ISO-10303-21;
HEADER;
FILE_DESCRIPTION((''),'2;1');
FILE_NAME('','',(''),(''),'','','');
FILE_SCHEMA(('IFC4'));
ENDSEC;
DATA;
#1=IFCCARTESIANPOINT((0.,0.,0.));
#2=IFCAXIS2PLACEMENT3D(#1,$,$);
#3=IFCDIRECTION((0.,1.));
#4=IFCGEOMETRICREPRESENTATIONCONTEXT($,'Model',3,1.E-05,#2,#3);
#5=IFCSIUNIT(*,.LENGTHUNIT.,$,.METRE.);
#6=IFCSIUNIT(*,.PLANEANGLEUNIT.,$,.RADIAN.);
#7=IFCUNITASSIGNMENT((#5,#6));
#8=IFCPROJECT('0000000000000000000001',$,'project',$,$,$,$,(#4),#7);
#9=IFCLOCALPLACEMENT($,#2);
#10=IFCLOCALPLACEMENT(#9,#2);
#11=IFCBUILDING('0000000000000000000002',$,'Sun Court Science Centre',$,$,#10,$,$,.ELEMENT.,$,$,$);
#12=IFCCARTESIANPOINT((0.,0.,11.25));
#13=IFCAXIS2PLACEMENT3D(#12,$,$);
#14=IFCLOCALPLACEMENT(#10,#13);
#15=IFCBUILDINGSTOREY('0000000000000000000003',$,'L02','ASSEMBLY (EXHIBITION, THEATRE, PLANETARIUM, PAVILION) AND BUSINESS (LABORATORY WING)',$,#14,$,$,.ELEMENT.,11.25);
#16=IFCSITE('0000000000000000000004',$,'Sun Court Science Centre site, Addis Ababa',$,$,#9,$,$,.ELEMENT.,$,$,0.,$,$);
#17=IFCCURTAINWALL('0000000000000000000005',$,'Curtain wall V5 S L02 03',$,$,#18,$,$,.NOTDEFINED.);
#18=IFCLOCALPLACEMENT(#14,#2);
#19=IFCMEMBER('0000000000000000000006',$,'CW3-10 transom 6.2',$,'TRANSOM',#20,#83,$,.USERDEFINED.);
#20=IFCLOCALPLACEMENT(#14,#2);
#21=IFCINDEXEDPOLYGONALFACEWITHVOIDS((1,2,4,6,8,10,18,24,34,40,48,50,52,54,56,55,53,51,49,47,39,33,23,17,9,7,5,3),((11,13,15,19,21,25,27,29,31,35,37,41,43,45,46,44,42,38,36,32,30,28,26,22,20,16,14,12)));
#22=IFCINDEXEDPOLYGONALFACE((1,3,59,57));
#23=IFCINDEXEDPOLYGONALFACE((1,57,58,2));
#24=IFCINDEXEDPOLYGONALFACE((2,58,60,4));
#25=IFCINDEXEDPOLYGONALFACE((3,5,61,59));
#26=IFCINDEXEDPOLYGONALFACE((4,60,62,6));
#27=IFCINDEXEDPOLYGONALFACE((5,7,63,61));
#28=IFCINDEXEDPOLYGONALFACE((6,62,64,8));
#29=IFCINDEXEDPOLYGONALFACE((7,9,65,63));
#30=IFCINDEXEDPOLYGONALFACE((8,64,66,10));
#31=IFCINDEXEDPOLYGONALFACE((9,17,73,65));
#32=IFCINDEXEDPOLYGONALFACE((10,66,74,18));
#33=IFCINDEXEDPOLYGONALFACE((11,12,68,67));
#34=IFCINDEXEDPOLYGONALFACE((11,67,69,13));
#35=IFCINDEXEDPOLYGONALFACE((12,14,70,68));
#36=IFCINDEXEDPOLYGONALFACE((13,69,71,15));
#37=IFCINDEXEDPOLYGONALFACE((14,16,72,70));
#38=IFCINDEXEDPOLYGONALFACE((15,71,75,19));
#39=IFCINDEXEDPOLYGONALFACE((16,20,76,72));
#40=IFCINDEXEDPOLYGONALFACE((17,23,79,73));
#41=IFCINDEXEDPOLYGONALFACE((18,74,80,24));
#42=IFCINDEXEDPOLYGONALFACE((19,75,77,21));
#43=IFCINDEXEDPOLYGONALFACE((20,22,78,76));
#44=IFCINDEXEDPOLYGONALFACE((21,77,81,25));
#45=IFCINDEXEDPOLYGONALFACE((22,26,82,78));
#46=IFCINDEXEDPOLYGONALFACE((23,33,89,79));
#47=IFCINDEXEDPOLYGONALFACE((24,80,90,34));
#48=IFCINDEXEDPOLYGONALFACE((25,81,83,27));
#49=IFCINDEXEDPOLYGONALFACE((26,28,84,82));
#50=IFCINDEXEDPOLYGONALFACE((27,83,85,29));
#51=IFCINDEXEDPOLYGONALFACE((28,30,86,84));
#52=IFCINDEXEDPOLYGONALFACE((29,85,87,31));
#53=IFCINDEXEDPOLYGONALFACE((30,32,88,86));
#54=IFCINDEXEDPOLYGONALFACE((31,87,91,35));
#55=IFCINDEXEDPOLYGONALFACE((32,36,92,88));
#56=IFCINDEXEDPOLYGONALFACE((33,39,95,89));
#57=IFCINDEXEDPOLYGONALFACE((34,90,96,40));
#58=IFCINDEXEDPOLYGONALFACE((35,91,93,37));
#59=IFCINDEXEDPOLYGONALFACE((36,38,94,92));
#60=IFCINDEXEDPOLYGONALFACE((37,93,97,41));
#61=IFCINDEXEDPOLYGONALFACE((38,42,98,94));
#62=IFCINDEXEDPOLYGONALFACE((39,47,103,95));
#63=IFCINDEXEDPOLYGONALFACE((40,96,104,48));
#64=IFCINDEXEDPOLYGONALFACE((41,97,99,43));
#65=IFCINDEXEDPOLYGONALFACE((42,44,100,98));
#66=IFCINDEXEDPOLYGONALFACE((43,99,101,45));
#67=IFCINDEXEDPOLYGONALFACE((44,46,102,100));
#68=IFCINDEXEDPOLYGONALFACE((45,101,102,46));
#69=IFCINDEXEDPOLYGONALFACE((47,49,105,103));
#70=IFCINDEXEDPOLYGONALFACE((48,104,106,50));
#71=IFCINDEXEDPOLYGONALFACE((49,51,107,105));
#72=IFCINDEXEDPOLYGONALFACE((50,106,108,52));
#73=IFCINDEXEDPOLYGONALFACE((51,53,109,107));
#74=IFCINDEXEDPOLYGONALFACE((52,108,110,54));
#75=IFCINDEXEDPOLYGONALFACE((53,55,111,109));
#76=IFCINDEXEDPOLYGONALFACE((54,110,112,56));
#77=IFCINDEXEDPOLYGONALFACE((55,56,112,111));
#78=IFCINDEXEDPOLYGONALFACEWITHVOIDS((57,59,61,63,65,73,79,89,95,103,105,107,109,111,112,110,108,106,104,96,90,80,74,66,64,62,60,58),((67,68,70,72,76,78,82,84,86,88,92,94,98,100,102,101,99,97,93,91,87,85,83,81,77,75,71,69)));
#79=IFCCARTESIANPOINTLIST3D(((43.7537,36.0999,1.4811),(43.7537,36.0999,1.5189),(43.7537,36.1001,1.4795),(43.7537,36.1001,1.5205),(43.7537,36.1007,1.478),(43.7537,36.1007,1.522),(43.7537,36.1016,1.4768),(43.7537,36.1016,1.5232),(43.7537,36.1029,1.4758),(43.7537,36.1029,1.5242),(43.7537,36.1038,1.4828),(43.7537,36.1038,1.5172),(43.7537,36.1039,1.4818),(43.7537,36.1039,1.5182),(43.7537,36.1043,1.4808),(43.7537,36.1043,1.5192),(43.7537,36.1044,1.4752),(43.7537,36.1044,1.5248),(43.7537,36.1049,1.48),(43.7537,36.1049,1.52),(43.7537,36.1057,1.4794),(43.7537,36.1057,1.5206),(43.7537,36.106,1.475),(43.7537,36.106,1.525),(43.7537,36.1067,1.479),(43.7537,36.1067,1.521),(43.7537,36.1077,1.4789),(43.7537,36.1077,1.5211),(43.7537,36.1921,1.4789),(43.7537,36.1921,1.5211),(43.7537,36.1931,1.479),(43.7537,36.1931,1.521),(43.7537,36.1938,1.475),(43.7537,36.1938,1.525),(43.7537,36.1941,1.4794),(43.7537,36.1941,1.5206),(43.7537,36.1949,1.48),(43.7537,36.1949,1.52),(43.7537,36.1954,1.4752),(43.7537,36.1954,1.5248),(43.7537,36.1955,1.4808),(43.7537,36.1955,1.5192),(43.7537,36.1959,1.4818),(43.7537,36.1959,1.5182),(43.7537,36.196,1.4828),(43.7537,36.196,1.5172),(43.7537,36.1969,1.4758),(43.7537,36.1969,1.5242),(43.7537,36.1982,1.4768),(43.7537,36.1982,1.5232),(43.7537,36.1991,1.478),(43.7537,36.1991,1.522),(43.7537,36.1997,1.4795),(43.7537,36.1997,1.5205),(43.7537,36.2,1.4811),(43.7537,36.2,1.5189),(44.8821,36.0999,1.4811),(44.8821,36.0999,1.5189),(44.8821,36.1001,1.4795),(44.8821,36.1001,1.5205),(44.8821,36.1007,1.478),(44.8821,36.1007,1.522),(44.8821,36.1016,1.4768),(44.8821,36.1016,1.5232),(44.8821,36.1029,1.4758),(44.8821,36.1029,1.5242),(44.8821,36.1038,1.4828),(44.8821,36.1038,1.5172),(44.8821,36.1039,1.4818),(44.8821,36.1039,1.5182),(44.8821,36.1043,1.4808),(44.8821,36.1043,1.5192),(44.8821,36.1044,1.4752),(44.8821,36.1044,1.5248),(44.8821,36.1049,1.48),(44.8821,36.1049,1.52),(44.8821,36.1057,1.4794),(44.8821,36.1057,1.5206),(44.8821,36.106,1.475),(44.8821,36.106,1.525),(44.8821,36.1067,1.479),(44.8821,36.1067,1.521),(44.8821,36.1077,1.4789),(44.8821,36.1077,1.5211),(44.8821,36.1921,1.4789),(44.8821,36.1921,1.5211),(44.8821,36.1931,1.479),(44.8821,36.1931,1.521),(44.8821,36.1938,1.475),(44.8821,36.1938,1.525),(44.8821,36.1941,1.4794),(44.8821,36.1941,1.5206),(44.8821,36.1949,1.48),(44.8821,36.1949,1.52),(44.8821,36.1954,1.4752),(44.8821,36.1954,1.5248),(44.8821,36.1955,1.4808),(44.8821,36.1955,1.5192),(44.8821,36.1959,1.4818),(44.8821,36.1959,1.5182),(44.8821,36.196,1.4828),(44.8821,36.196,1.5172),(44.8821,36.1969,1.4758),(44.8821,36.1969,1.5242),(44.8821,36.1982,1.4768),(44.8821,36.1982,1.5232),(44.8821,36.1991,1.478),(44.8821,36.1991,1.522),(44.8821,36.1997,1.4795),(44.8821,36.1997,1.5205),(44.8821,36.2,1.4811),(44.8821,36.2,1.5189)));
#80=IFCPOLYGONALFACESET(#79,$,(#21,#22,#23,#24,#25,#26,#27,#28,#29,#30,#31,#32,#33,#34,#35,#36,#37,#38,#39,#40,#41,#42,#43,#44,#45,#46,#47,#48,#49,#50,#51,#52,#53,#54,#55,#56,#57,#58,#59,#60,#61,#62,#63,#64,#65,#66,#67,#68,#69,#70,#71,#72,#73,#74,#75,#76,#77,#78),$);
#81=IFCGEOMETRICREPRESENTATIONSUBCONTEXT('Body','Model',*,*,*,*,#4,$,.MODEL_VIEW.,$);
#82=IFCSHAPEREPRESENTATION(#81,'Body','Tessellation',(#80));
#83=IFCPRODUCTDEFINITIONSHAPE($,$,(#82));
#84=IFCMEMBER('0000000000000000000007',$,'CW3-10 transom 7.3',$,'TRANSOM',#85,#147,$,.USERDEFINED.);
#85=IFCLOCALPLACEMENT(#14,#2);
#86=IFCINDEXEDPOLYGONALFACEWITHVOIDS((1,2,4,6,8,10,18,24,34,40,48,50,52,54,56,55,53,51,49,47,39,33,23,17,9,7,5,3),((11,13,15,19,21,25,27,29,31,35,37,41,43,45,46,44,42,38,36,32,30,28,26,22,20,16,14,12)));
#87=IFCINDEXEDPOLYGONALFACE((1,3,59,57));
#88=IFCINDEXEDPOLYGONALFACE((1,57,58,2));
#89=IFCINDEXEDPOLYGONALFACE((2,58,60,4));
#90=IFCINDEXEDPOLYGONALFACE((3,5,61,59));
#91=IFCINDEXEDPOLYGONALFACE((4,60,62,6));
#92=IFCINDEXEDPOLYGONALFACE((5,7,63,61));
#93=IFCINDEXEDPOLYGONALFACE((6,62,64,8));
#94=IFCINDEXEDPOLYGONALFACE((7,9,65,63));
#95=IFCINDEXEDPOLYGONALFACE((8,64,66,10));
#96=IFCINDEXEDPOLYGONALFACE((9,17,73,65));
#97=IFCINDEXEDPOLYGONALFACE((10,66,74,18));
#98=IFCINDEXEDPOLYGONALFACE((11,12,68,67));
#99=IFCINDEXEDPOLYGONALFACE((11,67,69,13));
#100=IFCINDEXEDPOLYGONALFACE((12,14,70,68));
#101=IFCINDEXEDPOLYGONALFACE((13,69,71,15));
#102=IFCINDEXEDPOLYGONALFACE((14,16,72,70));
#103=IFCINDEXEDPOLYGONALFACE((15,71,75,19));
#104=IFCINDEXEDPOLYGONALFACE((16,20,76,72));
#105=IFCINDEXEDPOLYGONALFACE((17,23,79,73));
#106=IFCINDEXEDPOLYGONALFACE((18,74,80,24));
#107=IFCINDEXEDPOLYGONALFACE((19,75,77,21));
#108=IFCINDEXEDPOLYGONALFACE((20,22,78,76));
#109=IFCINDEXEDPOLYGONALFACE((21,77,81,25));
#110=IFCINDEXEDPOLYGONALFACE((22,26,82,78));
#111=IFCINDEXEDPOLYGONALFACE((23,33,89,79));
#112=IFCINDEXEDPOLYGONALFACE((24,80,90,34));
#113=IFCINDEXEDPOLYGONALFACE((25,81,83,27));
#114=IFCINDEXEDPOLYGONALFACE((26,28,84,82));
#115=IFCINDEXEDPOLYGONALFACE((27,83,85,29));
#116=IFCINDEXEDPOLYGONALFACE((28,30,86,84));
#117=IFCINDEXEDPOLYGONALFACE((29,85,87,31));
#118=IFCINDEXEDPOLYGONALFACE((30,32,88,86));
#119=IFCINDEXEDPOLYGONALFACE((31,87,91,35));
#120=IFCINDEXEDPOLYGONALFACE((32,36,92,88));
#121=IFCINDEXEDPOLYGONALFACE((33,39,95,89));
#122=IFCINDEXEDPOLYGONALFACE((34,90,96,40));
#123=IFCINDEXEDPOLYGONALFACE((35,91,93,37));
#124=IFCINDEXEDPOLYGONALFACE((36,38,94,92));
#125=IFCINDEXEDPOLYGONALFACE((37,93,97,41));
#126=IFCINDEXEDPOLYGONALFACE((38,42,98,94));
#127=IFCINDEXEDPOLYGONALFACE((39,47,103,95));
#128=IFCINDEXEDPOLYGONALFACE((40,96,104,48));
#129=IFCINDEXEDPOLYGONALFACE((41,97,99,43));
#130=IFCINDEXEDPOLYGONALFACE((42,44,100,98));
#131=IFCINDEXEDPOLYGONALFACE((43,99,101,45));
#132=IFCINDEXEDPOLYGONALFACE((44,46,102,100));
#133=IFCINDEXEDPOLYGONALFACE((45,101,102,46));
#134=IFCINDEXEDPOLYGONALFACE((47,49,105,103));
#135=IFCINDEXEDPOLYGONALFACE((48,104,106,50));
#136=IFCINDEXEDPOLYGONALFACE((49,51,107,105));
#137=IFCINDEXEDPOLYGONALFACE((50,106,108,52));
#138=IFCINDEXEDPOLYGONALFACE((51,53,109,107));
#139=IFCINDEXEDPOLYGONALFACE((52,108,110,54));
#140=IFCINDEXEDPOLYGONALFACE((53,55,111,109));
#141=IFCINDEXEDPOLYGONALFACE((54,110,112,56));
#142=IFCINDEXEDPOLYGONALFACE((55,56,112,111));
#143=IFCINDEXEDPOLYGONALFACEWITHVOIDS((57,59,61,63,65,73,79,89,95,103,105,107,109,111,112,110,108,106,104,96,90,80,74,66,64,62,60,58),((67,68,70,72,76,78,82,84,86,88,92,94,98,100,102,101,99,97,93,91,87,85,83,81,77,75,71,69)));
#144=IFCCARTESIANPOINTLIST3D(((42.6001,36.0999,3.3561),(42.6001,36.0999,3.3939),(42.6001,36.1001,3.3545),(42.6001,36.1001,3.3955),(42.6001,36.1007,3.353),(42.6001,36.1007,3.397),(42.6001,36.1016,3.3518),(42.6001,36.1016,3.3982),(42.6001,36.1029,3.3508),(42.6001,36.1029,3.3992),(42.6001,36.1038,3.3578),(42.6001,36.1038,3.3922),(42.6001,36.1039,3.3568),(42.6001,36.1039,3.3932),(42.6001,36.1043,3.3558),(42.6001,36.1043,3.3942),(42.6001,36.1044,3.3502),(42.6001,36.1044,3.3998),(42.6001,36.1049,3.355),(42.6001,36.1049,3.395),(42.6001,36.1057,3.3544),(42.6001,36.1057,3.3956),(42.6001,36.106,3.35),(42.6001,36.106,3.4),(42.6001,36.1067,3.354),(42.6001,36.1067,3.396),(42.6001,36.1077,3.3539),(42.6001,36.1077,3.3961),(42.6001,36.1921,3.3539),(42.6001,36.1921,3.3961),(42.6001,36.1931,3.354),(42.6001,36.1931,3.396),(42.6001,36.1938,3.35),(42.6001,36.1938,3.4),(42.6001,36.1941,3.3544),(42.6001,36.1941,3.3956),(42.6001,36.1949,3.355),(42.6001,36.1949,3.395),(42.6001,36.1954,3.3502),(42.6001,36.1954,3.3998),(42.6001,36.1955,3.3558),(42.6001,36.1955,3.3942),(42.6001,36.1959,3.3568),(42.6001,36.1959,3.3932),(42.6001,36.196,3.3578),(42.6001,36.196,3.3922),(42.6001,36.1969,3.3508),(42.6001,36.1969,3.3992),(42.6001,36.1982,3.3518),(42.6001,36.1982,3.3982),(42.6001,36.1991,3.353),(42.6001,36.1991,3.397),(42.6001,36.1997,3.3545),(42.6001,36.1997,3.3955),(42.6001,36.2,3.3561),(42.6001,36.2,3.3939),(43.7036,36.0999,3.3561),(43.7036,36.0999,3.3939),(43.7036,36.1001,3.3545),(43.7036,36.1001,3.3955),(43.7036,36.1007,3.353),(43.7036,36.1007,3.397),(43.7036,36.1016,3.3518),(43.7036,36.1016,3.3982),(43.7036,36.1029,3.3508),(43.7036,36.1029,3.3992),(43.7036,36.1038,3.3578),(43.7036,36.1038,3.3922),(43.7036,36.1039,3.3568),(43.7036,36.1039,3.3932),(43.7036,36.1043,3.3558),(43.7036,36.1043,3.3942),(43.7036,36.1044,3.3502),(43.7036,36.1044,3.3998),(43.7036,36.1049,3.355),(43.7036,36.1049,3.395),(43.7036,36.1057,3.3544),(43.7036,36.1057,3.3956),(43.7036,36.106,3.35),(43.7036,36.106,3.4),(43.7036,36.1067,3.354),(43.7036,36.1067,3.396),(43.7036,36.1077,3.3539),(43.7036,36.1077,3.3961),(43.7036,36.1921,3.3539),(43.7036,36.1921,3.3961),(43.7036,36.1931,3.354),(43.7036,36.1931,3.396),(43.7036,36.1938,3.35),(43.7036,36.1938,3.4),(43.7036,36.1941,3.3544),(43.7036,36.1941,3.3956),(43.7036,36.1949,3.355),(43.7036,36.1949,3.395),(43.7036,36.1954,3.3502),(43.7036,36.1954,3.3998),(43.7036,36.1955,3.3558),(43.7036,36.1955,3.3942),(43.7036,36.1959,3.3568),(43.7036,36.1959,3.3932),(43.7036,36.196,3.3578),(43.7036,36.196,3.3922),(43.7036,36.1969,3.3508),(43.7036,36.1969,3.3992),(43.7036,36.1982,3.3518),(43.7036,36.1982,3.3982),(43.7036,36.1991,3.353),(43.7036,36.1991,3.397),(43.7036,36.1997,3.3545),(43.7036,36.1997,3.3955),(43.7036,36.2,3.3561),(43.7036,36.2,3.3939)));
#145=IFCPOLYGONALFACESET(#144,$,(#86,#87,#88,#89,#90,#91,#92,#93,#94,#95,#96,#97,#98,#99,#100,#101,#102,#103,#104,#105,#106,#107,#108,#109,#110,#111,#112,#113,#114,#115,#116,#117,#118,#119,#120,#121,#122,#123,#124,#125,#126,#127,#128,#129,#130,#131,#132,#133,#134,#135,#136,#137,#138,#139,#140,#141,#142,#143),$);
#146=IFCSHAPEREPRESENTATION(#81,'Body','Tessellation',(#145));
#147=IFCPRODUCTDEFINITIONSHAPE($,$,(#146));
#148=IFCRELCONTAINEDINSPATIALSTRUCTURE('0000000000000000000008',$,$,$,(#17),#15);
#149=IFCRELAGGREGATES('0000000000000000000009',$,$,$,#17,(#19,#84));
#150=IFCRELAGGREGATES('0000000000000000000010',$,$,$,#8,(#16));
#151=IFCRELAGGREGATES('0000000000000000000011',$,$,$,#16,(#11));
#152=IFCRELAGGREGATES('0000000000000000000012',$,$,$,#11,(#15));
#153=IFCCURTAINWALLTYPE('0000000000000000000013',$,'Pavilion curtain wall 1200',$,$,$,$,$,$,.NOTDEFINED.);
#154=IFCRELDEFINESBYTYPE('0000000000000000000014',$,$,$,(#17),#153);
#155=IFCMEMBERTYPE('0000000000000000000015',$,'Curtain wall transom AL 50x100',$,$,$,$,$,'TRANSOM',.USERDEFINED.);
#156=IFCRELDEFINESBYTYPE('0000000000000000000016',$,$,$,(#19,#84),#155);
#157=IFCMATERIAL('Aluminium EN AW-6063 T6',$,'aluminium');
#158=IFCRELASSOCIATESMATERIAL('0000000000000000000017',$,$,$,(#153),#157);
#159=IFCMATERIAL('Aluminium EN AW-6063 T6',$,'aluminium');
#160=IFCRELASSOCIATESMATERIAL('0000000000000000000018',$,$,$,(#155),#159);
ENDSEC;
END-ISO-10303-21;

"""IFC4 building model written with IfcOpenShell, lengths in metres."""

from ifc_helpers import new_model, si_unit, direction, frame, origin, origin_2d, place, context, subcontext, project, spatial, hollow_rectangle, extrude, material, material_profile, profile_set, type_object, element, aggregate, save


model = new_model("IFC4")

# Units and contexts
model_context = context("Model", 3, precision=1e-05, world=origin(), true_north=direction((0.0, 1.0)))
body_context = subcontext(model_context, "Body", "Model", "MODEL_VIEW")
ifc_project = project(units=[si_unit("LENGTHUNIT", "METRE"), si_unit("PLANEANGLEUNIT", "RADIAN")], contexts=[model_context])

# Site, building, storey
site_placement = place(None, origin())
site = spatial("IfcSite", under=ifc_project, at=site_placement, Name="Sun Court Science Centre site, Addis Ababa", CompositionType="ELEMENT", RefElevation=0.0)
building_placement = place(site_placement, origin())
building = spatial("IfcBuilding", under=site, at=building_placement, Name="Sun Court Science Centre", CompositionType="ELEMENT")
storey_placement = place(building_placement, frame((0.0, 0.0, 11.25)))
storey = spatial("IfcBuildingStorey", under=building, at=storey_placement, Name="L02", Description="ASSEMBLY (EXHIBITION, THEATRE, PLANETARIUM, PAVILION) AND BUSINESS (LABORATORY WING)", CompositionType="ELEMENT", Elevation=11.25)

# Curtain wall, members
ifc_material_1 = material(Name="Aluminium EN AW-6063 T6", Category="aluminium")
curtain_wall_type = type_object("IfcCurtainWallType", Name="Pavilion curtain wall 1200", PredefinedType="NOTDEFINED", material=ifc_material_1)
curtain_wall_1_placement = place(storey_placement, origin())
curtain_wall_1 = element("IfcCurtainWall", 1, at=curtain_wall_1_placement, inside=storey, type_object=curtain_wall_type, Name="Curtain wall V5 S L02 03", PredefinedType="NOTDEFINED")
ifc_material_2 = material(Name="Aluminium EN AW-6063 T6", Category="aluminium")
ifc_material_profile_1 = material_profile(ifc_material_2, hollow_rectangle(XDim=0.05, YDim=0.1001, WallThickness=0.0039, InnerFilletRadius=0.0039, OuterFilletRadius=0.0061, at=origin_2d()), Name="AL 50x100x4")
ifc_profile_set_1 = profile_set([ifc_material_profile_1], Name="Aluminium EN AW-6063 T6")
member_type_1 = type_object("IfcMemberType", Name="Curtain wall transom AL 50x100", ElementType="TRANSOM", PredefinedType="USERDEFINED", material=ifc_profile_set_1)
member_1_placement = place(storey_placement, frame((44.8821, 36.1499, 1.5), z_axis=(-1.0, 0.0, 0.0), x_axis=(0.0, 0.0, 1.0)))
member_1 = element("IfcMember", 2, at=member_1_placement, type_object=member_type_1, Name="CW3-10 transom 6.2", ObjectType="TRANSOM", PredefinedType="USERDEFINED", context=body_context, shape_type="SweptSolid", body=[
    extrude(hollow_rectangle(XDim=0.05, YDim=0.1001, WallThickness=0.0039, InnerFilletRadius=0.0039, OuterFilletRadius=0.0061, at=origin_2d()), origin(), (0.0, 0.0, 1.0), 1.1284),
])
member_2_placement = place(storey_placement, frame((43.7036, 36.1499, 3.375), z_axis=(-1.0, 0.0, 0.0), x_axis=(0.0, 0.0, 1.0)))
member_2 = element("IfcMember", 3, at=member_2_placement, type_object=member_type_1, Name="CW3-10 transom 7.3", ObjectType="TRANSOM", PredefinedType="USERDEFINED", context=body_context, shape_type="SweptSolid", body=[
    extrude(hollow_rectangle(XDim=0.05, YDim=0.1001, WallThickness=0.0039, InnerFilletRadius=0.0039, OuterFilletRadius=0.0061, at=origin_2d()), origin(), (0.0, 0.0, 1.0), 1.1035),
])

aggregate(curtain_wall_1, [member_1, member_2])

save(model, "model.ifc")
